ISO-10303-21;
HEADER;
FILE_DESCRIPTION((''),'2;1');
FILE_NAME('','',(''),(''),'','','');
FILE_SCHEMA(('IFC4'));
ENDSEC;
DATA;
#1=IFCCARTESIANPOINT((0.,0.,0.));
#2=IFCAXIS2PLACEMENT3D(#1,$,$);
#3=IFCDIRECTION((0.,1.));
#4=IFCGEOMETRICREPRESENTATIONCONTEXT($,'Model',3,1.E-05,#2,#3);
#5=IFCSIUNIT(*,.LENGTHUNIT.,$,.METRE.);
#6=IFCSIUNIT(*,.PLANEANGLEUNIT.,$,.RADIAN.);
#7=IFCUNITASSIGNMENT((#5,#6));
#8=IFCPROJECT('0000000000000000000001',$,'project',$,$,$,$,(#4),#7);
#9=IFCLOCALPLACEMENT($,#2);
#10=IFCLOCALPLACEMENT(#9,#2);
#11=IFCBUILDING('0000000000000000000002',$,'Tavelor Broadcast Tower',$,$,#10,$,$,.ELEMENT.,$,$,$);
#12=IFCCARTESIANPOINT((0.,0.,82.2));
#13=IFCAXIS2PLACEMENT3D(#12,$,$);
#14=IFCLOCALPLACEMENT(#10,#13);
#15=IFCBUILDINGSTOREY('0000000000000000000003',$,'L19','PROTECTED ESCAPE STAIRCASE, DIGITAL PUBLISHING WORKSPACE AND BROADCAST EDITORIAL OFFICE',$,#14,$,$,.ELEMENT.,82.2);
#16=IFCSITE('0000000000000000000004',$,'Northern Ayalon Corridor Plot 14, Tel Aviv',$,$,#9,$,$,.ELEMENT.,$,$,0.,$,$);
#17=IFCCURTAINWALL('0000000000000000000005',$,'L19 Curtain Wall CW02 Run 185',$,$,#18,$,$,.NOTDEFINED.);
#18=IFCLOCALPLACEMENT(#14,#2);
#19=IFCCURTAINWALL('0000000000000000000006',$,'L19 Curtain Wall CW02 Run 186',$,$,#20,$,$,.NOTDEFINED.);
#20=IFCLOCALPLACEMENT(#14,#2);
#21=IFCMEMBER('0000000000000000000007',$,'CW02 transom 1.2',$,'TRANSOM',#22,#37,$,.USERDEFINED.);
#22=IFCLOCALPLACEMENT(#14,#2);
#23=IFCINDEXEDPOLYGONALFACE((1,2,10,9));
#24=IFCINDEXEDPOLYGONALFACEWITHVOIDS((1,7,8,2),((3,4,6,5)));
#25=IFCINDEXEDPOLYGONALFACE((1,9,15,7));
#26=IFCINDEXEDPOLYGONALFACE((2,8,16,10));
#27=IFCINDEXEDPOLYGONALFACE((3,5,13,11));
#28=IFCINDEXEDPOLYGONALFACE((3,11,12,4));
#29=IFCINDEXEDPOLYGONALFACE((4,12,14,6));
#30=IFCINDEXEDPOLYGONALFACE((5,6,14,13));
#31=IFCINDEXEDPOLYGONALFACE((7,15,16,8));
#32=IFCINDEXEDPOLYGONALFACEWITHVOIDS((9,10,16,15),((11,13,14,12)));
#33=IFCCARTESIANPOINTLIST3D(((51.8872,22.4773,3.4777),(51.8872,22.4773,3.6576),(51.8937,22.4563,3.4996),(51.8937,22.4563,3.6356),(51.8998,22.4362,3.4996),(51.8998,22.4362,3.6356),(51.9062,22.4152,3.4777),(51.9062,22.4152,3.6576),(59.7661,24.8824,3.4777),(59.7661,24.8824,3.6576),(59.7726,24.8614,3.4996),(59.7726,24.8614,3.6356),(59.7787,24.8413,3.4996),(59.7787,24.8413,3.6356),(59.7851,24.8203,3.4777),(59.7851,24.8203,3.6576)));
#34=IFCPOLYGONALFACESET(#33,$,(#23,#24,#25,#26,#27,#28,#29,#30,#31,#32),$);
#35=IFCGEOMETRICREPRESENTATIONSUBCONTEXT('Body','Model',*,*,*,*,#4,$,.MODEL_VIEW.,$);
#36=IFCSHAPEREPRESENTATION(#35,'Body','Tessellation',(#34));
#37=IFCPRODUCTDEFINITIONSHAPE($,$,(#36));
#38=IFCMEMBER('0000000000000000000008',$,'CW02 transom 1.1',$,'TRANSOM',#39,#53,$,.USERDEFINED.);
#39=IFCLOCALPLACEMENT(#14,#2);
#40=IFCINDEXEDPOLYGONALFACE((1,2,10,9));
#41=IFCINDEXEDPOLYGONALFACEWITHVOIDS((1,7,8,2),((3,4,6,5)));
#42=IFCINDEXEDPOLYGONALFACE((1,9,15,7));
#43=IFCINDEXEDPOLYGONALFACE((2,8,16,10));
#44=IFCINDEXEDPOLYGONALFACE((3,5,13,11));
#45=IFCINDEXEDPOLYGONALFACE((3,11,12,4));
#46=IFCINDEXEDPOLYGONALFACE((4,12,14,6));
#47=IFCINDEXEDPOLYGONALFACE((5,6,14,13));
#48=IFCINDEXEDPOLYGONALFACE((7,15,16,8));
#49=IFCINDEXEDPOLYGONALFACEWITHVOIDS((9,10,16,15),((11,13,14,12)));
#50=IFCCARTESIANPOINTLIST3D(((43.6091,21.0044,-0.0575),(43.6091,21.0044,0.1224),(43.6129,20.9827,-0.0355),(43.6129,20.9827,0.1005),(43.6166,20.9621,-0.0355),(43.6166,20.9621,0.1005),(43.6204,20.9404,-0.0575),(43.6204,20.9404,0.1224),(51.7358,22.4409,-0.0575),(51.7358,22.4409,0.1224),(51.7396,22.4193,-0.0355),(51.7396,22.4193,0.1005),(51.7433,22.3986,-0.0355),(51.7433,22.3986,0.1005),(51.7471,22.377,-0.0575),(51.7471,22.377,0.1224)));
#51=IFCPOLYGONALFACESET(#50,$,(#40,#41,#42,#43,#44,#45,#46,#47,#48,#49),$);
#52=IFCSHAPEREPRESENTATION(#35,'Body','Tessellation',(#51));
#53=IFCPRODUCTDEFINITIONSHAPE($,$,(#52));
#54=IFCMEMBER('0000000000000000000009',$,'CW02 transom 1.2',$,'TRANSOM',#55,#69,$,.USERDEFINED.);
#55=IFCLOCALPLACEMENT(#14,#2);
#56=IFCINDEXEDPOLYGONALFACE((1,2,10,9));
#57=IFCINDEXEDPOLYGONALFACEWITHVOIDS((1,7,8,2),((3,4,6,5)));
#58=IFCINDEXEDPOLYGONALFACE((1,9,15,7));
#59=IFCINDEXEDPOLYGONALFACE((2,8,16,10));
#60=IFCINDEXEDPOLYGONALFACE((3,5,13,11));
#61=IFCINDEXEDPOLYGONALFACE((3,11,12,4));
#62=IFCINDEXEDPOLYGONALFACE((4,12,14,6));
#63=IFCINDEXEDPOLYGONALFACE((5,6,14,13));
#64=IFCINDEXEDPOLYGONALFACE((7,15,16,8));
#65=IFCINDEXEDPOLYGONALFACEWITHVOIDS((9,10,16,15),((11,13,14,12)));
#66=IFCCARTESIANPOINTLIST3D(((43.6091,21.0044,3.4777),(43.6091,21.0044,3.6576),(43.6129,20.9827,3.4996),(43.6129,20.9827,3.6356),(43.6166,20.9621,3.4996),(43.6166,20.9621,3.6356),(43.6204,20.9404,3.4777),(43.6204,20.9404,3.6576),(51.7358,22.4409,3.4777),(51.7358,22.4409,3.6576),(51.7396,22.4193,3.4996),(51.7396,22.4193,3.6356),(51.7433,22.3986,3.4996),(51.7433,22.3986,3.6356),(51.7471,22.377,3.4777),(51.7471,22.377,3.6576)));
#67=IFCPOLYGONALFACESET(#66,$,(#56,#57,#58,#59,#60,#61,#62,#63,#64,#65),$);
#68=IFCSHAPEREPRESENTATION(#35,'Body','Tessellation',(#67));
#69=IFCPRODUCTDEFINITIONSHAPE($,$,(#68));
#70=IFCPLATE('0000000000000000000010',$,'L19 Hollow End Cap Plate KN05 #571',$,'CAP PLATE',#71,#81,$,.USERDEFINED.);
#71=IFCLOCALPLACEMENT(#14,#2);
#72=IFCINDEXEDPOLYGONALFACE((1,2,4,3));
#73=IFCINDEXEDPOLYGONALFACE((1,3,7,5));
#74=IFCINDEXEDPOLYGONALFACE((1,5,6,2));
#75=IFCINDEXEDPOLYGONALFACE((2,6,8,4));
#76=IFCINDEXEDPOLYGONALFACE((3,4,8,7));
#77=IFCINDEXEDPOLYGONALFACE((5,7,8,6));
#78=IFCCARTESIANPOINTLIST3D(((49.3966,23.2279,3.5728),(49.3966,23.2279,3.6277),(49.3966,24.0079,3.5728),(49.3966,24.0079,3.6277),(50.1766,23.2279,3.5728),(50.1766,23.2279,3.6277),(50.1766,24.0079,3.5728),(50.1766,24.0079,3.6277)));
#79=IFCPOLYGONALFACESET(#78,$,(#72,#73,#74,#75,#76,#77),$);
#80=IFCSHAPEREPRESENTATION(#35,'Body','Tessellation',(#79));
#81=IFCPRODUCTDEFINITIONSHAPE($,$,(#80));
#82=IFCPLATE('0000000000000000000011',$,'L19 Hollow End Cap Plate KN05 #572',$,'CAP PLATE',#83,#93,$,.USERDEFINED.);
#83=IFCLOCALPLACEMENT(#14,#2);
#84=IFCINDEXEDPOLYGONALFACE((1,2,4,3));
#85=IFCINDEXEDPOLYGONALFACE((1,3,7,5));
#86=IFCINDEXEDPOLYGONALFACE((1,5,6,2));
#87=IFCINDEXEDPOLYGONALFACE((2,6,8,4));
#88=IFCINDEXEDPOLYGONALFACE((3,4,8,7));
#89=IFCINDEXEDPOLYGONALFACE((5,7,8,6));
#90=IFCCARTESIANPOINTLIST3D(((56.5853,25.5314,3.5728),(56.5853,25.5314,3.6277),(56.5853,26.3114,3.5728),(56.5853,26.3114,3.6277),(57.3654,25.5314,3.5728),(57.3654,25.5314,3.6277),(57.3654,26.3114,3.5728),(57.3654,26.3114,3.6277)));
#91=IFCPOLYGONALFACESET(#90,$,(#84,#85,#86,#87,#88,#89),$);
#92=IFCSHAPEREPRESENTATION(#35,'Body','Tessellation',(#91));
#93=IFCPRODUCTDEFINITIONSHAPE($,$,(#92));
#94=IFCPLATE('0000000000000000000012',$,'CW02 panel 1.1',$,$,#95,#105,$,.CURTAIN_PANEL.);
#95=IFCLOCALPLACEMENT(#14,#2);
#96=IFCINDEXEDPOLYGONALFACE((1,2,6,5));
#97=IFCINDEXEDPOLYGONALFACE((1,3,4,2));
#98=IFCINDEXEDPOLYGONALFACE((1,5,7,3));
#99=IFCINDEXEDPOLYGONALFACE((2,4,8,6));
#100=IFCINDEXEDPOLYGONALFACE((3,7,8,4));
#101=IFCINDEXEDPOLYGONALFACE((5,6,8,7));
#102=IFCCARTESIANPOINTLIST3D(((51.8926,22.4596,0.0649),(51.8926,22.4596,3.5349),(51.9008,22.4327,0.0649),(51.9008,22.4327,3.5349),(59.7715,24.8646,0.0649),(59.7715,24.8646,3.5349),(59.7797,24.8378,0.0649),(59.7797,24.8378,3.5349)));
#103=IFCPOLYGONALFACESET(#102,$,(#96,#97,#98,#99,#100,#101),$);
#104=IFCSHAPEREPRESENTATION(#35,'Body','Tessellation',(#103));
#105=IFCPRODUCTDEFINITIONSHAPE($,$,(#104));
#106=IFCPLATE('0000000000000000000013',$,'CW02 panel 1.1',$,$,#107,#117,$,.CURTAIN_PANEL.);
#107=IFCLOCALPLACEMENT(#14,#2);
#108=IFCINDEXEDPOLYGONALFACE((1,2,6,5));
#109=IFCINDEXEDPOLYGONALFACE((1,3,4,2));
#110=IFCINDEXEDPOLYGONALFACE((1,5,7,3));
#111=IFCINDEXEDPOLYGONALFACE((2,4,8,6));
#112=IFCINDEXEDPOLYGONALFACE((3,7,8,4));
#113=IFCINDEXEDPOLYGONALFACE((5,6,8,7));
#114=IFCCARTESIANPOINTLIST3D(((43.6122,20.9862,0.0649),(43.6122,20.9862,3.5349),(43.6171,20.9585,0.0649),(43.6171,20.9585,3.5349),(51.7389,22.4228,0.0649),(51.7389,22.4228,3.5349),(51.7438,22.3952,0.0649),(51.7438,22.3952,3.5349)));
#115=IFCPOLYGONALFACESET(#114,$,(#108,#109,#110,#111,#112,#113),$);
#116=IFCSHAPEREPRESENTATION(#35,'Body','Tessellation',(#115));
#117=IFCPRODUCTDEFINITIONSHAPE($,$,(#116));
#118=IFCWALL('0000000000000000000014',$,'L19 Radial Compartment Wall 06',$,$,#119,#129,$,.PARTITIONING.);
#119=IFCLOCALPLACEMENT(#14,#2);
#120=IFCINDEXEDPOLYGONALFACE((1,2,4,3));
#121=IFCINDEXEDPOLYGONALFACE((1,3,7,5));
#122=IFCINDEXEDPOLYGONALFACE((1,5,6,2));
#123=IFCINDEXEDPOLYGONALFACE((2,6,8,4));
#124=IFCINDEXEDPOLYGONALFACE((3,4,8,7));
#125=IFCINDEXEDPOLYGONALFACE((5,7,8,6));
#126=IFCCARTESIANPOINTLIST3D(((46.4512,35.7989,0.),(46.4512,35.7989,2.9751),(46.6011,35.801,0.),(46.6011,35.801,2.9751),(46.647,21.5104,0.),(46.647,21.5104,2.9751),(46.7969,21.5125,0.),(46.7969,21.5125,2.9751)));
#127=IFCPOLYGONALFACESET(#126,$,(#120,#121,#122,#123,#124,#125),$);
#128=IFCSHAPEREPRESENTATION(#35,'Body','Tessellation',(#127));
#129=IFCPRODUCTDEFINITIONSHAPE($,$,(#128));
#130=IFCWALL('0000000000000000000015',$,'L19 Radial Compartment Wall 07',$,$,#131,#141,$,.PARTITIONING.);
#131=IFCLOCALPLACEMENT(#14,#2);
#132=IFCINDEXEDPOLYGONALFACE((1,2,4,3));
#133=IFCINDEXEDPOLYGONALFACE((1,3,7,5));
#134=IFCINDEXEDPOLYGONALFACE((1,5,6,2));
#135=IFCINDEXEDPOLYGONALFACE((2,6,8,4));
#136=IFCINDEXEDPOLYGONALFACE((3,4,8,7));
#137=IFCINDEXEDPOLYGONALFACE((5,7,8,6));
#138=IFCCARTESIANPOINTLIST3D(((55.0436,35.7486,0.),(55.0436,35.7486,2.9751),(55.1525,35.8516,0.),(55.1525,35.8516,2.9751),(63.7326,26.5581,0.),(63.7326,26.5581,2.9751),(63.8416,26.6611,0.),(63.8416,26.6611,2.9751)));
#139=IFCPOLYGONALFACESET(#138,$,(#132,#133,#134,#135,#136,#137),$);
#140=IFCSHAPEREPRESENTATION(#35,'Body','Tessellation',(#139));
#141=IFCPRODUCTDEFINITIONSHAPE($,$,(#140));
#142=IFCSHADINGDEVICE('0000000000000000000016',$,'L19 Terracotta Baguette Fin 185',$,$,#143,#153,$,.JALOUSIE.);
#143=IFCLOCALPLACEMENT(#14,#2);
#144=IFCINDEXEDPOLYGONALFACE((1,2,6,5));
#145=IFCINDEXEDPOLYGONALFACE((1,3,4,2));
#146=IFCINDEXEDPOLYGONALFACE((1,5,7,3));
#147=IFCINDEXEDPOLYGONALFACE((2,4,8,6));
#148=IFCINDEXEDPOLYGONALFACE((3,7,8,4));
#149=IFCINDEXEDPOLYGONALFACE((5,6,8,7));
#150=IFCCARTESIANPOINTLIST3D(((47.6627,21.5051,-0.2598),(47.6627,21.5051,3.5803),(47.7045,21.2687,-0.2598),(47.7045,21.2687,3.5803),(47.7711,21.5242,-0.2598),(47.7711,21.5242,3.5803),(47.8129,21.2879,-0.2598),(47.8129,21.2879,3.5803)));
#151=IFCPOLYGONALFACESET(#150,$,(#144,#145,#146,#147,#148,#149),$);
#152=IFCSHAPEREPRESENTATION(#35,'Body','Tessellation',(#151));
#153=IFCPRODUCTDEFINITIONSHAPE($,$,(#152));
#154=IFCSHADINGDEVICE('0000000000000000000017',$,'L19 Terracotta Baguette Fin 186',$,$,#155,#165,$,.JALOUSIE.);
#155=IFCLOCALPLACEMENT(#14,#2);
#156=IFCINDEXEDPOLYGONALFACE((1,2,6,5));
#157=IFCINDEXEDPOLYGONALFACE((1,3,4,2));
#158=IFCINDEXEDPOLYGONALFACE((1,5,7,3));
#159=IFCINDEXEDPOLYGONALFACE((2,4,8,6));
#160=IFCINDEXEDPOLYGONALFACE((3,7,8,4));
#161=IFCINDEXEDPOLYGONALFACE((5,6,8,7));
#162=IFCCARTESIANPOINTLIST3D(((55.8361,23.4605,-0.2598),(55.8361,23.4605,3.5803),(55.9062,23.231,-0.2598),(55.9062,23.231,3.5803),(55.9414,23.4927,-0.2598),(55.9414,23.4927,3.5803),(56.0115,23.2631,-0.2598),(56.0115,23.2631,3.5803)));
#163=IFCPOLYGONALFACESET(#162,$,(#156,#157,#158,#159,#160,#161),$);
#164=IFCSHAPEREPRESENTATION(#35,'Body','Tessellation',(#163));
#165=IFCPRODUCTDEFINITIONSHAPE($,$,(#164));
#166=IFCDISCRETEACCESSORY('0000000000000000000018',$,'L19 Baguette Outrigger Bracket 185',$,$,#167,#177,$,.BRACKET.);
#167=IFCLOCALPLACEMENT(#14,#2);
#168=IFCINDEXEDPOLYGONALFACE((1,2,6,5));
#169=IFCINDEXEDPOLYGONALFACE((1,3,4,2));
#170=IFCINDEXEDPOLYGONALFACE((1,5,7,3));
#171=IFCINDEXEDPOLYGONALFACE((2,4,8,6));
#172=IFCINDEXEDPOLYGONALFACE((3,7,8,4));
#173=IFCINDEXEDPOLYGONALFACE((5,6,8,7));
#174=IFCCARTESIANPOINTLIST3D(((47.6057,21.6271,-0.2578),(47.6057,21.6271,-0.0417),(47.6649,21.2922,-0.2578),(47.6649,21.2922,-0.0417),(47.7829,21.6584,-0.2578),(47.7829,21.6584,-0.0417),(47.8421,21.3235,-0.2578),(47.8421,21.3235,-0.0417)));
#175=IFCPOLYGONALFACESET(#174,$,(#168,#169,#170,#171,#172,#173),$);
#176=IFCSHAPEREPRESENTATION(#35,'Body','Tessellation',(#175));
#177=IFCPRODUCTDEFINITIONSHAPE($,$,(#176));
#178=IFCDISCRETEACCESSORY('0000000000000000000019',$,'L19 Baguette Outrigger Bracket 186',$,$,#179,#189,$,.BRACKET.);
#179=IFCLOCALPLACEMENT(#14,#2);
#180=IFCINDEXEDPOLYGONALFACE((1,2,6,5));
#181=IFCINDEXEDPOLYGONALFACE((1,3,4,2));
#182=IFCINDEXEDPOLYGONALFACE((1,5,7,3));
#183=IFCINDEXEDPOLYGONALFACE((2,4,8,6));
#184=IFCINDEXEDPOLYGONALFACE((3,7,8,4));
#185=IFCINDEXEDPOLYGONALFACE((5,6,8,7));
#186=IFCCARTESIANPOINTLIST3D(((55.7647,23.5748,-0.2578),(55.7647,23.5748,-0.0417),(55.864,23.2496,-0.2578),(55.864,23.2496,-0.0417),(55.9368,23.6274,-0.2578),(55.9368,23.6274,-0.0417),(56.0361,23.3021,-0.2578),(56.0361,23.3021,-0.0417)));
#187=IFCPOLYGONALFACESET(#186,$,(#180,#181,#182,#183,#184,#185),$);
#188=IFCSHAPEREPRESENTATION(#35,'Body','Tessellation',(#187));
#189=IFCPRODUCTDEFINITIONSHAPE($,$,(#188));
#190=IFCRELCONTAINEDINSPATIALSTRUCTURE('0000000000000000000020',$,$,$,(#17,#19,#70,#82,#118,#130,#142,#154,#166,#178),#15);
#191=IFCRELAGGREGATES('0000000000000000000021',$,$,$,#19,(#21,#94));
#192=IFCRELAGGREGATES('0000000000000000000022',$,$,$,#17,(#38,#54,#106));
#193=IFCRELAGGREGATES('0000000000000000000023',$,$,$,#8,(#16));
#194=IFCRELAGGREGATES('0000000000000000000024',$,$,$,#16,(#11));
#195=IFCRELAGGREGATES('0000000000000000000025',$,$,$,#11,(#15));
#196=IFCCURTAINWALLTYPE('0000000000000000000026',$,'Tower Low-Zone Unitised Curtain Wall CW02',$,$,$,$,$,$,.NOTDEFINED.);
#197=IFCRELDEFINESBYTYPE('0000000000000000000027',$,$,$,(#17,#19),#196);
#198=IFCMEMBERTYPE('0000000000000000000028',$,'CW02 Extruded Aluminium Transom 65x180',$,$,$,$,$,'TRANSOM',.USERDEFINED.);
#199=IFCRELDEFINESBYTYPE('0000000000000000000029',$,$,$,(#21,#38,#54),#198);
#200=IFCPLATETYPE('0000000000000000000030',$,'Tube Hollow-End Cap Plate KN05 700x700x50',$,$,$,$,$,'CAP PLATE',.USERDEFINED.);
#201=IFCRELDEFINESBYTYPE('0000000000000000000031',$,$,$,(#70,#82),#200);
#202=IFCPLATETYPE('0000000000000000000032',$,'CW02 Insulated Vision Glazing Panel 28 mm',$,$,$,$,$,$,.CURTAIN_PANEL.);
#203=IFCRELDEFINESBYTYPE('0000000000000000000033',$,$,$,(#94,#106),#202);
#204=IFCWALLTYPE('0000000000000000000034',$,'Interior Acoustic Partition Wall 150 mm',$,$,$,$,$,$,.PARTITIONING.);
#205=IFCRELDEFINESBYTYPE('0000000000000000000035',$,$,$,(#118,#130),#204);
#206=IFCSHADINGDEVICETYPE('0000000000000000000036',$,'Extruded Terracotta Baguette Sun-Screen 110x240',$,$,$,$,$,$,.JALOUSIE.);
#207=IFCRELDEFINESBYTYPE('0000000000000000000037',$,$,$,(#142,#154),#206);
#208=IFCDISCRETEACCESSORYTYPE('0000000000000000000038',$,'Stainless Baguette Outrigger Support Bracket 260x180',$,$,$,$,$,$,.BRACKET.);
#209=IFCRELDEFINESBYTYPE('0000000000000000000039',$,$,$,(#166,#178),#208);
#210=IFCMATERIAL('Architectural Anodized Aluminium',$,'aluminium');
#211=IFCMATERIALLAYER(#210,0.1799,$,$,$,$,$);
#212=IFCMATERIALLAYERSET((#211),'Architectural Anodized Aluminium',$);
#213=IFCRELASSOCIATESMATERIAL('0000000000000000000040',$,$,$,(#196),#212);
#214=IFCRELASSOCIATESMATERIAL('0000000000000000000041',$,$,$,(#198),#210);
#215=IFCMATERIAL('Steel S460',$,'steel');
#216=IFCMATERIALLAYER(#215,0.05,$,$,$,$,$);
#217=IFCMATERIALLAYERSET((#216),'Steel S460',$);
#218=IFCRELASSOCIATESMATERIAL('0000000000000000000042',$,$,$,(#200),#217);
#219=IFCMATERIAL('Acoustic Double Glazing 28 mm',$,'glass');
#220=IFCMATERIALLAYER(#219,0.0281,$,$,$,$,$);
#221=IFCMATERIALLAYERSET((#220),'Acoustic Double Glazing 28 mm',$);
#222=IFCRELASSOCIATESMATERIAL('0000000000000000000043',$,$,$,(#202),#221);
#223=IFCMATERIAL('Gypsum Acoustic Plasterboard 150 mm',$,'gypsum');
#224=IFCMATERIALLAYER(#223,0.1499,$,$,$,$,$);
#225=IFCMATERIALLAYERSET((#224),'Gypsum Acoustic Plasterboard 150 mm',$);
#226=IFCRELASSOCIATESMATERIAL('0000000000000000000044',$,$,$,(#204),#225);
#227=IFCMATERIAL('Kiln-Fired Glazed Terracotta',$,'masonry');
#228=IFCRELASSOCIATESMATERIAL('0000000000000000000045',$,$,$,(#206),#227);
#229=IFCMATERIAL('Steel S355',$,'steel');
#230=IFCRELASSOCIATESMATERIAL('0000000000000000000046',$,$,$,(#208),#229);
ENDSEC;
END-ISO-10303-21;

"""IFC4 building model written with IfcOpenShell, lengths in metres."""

from ifc_helpers import new_model, si_unit, direction, frame, frame_2d, origin, origin_2d, place, context, subcontext, project, spatial, rectangle, hollow_rectangle, extrude, source, transform, mapped, material, layer, layer_set, material_profile, profile_set, type_object, type_shapes, element, aggregate, save


model = new_model("IFC4")

# Units and contexts
model_context = context("Model", 3, precision=1e-05, world=origin(), true_north=direction((0.0, 1.0)))
body_context = subcontext(model_context, "Body", "Model", "MODEL_VIEW")
ifc_project = project(units=[si_unit("LENGTHUNIT", "METRE"), si_unit("PLANEANGLEUNIT", "RADIAN")], contexts=[model_context])

# Site, building, storey
site_placement = place(None, origin())
site = spatial("IfcSite", under=ifc_project, at=site_placement, Name="Northern Ayalon Corridor Plot 14, Tel Aviv", CompositionType="ELEMENT", RefElevation=0.0)
building_placement = place(site_placement, origin())
building = spatial("IfcBuilding", under=site, at=building_placement, Name="Tavelor Broadcast Tower", CompositionType="ELEMENT")
storey_placement = place(building_placement, frame((0.0, 0.0, 82.2)))
storey = spatial("IfcBuildingStorey", under=building, at=storey_placement, Name="L19", Description="PROTECTED ESCAPE STAIRCASE, DIGITAL PUBLISHING WORKSPACE AND BROADCAST EDITORIAL OFFICE", CompositionType="ELEMENT", Elevation=82.2)

# Shared definitions
ifc_material_1 = material(Name="Steel S460", Category="steel")

# Shared definitions
ifc_material_2 = material(Name="Steel S355", Category="steel")

# Curtain walls, member
ifc_material_3 = material(Name="Architectural Anodized Aluminium", Category="aluminium")
ifc_layer_1 = layer(ifc_material_3, 0.1799)
ifc_layer_set_1 = layer_set([ifc_layer_1], Name="Architectural Anodized Aluminium")
curtain_wall_type = type_object("IfcCurtainWallType", Name="Tower Low-Zone Unitised Curtain Wall CW02", PredefinedType="NOTDEFINED", material=ifc_layer_set_1)
curtain_wall_1_placement = place(storey_placement, origin())
curtain_wall_1 = element("IfcCurtainWall", 1, at=curtain_wall_1_placement, inside=storey, type_object=curtain_wall_type, Name="L19 Curtain Wall CW02 Run 185", PredefinedType="NOTDEFINED")
curtain_wall_2_placement = place(storey_placement, origin())
curtain_wall_2 = element("IfcCurtainWall", 2, at=curtain_wall_2_placement, inside=storey, type_object=curtain_wall_type, Name="L19 Curtain Wall CW02 Run 186", PredefinedType="NOTDEFINED")
ifc_material_profile_1 = material_profile(ifc_material_3, hollow_rectangle(XDim=0.0649, YDim=0.1799, WallThickness=0.022, at=origin_2d()), Name="RHS 65x180x22")
ifc_profile_set_1 = profile_set([ifc_material_profile_1], Name="Architectural Anodized Aluminium")
member_type_1 = type_object("IfcMemberType", Name="CW02 Extruded Aluminium Transom 65x180", ElementType="TRANSOM", PredefinedType="USERDEFINED", material=ifc_profile_set_1)
shared_shape_1 = source(origin(), body_context, "Body", "SweptSolid", [
    extrude(hollow_rectangle(XDim=0.0649, YDim=0.1799, WallThickness=0.022, at=origin_2d()), origin(), (0.0, 0.0, 1.0), 8.2378),
])
member_1_placement = place(storey_placement, frame((51.8967, 22.4463, 3.5676), z_axis=(0.956433, 0.29195, 0.0), x_axis=(-0.29195, 0.956433, 0.0)))
member_1 = element("IfcMember", 3, at=member_1_placement, type_object=member_type_1, Name="CW02 transom 1.2", ObjectType="TRANSOM", PredefinedType="USERDEFINED", context=body_context, shape_type="MappedRepresentation", body=[
    mapped(shared_shape_1, transform((0.0, 0.0, 0.0), scale=1.0)),
])

# Members
shared_shape_2 = source(origin(), body_context, "Body", "SweptSolid", [
    extrude(hollow_rectangle(XDim=0.0649, YDim=0.1799, WallThickness=0.022, at=origin_2d()), origin(), (0.0, 0.0, 1.0), 8.2527),
])
type_shapes(member_type_1, [shared_shape_1, shared_shape_2])
member_2_placement = place(storey_placement, frame((43.6147, 20.9724, 0.0325), z_axis=(0.984734, 0.174067, 0.0), x_axis=(-0.174067, 0.984734, 0.0)))
member_2 = element("IfcMember", 4, at=member_2_placement, type_object=member_type_1, Name="CW02 transom 1.1", ObjectType="TRANSOM", PredefinedType="USERDEFINED", context=body_context, shape_type="MappedRepresentation", body=[
    mapped(shared_shape_2, transform((0.0, 0.0, 0.0), scale=1.0)),
])
member_3_placement = place(storey_placement, frame((43.6147, 20.9724, 3.5676), z_axis=(0.984734, 0.174067, 0.0), x_axis=(-0.174067, 0.984734, 0.0)))
member_3 = element("IfcMember", 5, at=member_3_placement, type_object=member_type_1, Name="CW02 transom 1.2", ObjectType="TRANSOM", PredefinedType="USERDEFINED", context=body_context, shape_type="MappedRepresentation", body=[
    mapped(shared_shape_2, transform((0.0, 0.0, 0.0), scale=1.0)),
])

# Plates
ifc_layer_2 = layer(ifc_material_1, 0.05)
ifc_layer_set_2 = layer_set([ifc_layer_2], Name="Steel S460")
plate_type_1 = type_object("IfcPlateType", Name="Tube Hollow-End Cap Plate KN05 700x700x50", ElementType="CAP PLATE", PredefinedType="USERDEFINED", material=ifc_layer_set_2)
shared_shape_3 = source(origin(), body_context, "Body", "SweptSolid", [
    extrude(rectangle(XDim=0.78, YDim=0.78, at=origin_2d()), origin(), (0.0, 0.0, 1.0), 0.0549),
])
type_shapes(plate_type_1, [shared_shape_3])
for number, where, z_axis, x_axis, name in (
    (6, (49.7866, 23.6179, 3.5728), (0.0, 0.0, 1.0), (1.0, 0.0, 0.0), "L19 Hollow End Cap Plate KN05 #571"),
    (7, (56.9753, 25.9214, 3.5728), (0.0, 0.0, 1.0), (1.0, 0.0, 0.0), "L19 Hollow End Cap Plate KN05 #572"),
):
    element("IfcPlate", number, at=place(storey_placement, frame(where, z_axis=z_axis, x_axis=x_axis)), inside=storey, type_object=plate_type_1, Name=name, ObjectType="CAP PLATE", PredefinedType="USERDEFINED", context=body_context, shape_type="MappedRepresentation", body=[
        mapped(shared_shape_3, transform((0.0, 0.0, 0.0), scale=1.0)),
    ])

# Plates
ifc_material_4 = material(Name="Acoustic Double Glazing 28 mm", Category="glass")
ifc_layer_3 = layer(ifc_material_4, 0.0281)
ifc_layer_set_3 = layer_set([ifc_layer_3], Name="Acoustic Double Glazing 28 mm")
plate_type_2 = type_object("IfcPlateType", Name="CW02 Insulated Vision Glazing Panel 28 mm", PredefinedType="CURTAIN_PANEL", material=ifc_layer_set_3)
shared_shape_4 = source(origin(), body_context, "Body", "SweptSolid", [
    extrude(rectangle(XDim=8.2378, YDim=0.0281, at=origin_2d()), origin(), (0.0, 0.0, 1.0), 3.47),
])
plate_1_placement = place(storey_placement, frame((55.8362, 23.6487, 0.0649), z_axis=(0.0, 0.0, 1.0), x_axis=(0.956432, 0.291954, 0.0)))
plate_1 = element("IfcPlate", 8, at=plate_1_placement, type_object=plate_type_2, Name="CW02 panel 1.1", PredefinedType="CURTAIN_PANEL", context=body_context, shape_type="MappedRepresentation", body=[
    mapped(shared_shape_4, transform((0.0, 0.0, 0.0), scale=1.0)),
])
aggregate(curtain_wall_2, [member_1, plate_1])
shared_shape_5 = source(origin(), body_context, "Body", "SweptSolid", [
    extrude(rectangle(XDim=8.2527, YDim=0.0281, at=origin_2d()), origin(), (0.0, 0.0, 1.0), 3.47),
])
type_shapes(plate_type_2, [shared_shape_4, shared_shape_5])
plate_2_placement = place(storey_placement, frame((47.678, 21.6907, 0.0649), z_axis=(0.0, 0.0, 1.0), x_axis=(0.984731, 0.174083, 0.0)))
plate_2 = element("IfcPlate", 9, at=plate_2_placement, type_object=plate_type_2, Name="CW02 panel 1.1", PredefinedType="CURTAIN_PANEL", context=body_context, shape_type="MappedRepresentation", body=[
    mapped(shared_shape_5, transform((0.0, 0.0, 0.0), scale=1.0)),
])
aggregate(curtain_wall_1, [member_2, member_3, plate_2])

# Walls
ifc_material_5 = material(Name="Gypsum Acoustic Plasterboard 150 mm", Category="gypsum")
ifc_layer_4 = layer(ifc_material_5, 0.1499)
ifc_layer_set_4 = layer_set([ifc_layer_4], Name="Gypsum Acoustic Plasterboard 150 mm")
wall_type = type_object("IfcWallType", Name="Interior Acoustic Partition Wall 150 mm", PredefinedType="PARTITIONING", material=ifc_layer_set_4)
wall_1_placement = place(storey_placement, frame((46.5261, 35.8, 0.0), z_axis=(0.0, 0.0, 1.0), x_axis=(0.013702, -0.999906, 0.0)))
element("IfcWall", 10, at=wall_1_placement, inside=storey, type_object=wall_type, Name="L19 Radial Compartment Wall 06", PredefinedType="PARTITIONING", context=body_context, shape_type="SweptSolid", body=[
    extrude(rectangle(XDim=14.2898, YDim=0.1499, at=frame_2d((7.145, 0.0))), origin(), (0.0, 0.0, 1.0), 2.9751),
])
wall_2_placement = place(storey_placement, frame((55.0981, 35.8, 0.0), z_axis=(0.0, 0.0, 1.0), x_axis=(0.687004, -0.726653, 0.0)))
element("IfcWall", 11, at=wall_2_placement, inside=storey, type_object=wall_type, Name="L19 Radial Compartment Wall 07", PredefinedType="PARTITIONING", context=body_context, shape_type="SweptSolid", body=[
    extrude(rectangle(XDim=12.6477, YDim=0.1499, at=frame_2d((6.3237, 0.0))), origin(), (0.0, 0.0, 1.0), 2.9751),
])

# Shading devices
ifc_material_6 = material(Name="Kiln-Fired Glazed Terracotta", Category="masonry")
shading_device_type = type_object("IfcShadingDeviceType", Name="Extruded Terracotta Baguette Sun-Screen 110x240", PredefinedType="JALOUSIE", material=ifc_material_6)
shared_shape_6 = source(origin(), body_context, "Body", "SweptSolid", [
    extrude(rectangle(XDim=0.1101, YDim=0.24, at=origin_2d()), origin(), (0.0, 0.0, 1.0), 3.8401),
])
type_shapes(shading_device_type, [shared_shape_6])
for number, where, z_axis, x_axis, name in (
    (12, (47.7378, 21.3965, -0.2598), (0.0, 0.0, 1.0), (0.984747, 0.173992, 0.0), "L19 Terracotta Baguette Fin 185"),
    (13, (55.9238, 23.3618, -0.2598), (0.0, 0.0, 1.0), (0.956407, 0.292038, 0.0), "L19 Terracotta Baguette Fin 186"),
):
    element("IfcShadingDevice", number, at=place(storey_placement, frame(where, z_axis=z_axis, x_axis=x_axis)), inside=storey, type_object=shading_device_type, Name=name, PredefinedType="JALOUSIE", context=body_context, shape_type="MappedRepresentation", body=[
        mapped(shared_shape_6, transform((0.0, 0.0, 0.0), scale=1.0)),
    ])

# Discrete accessories
discrete_accessory_type = type_object("IfcDiscreteAccessoryType", Name="Stainless Baguette Outrigger Support Bracket 260x180", PredefinedType="BRACKET", material=ifc_material_2)
shared_shape_7 = source(origin(), body_context, "Body", "SweptSolid", [
    extrude(rectangle(XDim=0.1799, YDim=0.3401, at=origin_2d()), origin(), (0.0, 0.0, 1.0), 0.2161),
])
type_shapes(discrete_accessory_type, [shared_shape_7])
for number, where, z_axis, x_axis, name in (
    (14, (47.7239, 21.4753, -0.2578), (0.0, 0.0, 1.0), (0.984747, 0.173992, 0.0), "L19 Baguette Outrigger Bracket 185"),
    (15, (55.9004, 23.4385, -0.2578), (0.0, 0.0, 1.0), (0.956407, 0.292038, 0.0), "L19 Baguette Outrigger Bracket 186"),
):
    element("IfcDiscreteAccessory", number, at=place(storey_placement, frame(where, z_axis=z_axis, x_axis=x_axis)), inside=storey, type_object=discrete_accessory_type, Name=name, PredefinedType="BRACKET", context=body_context, shape_type="MappedRepresentation", body=[
        mapped(shared_shape_7, transform((0.0, 0.0, 0.0), scale=1.0)),
    ])

save(model, "model.ifc")
